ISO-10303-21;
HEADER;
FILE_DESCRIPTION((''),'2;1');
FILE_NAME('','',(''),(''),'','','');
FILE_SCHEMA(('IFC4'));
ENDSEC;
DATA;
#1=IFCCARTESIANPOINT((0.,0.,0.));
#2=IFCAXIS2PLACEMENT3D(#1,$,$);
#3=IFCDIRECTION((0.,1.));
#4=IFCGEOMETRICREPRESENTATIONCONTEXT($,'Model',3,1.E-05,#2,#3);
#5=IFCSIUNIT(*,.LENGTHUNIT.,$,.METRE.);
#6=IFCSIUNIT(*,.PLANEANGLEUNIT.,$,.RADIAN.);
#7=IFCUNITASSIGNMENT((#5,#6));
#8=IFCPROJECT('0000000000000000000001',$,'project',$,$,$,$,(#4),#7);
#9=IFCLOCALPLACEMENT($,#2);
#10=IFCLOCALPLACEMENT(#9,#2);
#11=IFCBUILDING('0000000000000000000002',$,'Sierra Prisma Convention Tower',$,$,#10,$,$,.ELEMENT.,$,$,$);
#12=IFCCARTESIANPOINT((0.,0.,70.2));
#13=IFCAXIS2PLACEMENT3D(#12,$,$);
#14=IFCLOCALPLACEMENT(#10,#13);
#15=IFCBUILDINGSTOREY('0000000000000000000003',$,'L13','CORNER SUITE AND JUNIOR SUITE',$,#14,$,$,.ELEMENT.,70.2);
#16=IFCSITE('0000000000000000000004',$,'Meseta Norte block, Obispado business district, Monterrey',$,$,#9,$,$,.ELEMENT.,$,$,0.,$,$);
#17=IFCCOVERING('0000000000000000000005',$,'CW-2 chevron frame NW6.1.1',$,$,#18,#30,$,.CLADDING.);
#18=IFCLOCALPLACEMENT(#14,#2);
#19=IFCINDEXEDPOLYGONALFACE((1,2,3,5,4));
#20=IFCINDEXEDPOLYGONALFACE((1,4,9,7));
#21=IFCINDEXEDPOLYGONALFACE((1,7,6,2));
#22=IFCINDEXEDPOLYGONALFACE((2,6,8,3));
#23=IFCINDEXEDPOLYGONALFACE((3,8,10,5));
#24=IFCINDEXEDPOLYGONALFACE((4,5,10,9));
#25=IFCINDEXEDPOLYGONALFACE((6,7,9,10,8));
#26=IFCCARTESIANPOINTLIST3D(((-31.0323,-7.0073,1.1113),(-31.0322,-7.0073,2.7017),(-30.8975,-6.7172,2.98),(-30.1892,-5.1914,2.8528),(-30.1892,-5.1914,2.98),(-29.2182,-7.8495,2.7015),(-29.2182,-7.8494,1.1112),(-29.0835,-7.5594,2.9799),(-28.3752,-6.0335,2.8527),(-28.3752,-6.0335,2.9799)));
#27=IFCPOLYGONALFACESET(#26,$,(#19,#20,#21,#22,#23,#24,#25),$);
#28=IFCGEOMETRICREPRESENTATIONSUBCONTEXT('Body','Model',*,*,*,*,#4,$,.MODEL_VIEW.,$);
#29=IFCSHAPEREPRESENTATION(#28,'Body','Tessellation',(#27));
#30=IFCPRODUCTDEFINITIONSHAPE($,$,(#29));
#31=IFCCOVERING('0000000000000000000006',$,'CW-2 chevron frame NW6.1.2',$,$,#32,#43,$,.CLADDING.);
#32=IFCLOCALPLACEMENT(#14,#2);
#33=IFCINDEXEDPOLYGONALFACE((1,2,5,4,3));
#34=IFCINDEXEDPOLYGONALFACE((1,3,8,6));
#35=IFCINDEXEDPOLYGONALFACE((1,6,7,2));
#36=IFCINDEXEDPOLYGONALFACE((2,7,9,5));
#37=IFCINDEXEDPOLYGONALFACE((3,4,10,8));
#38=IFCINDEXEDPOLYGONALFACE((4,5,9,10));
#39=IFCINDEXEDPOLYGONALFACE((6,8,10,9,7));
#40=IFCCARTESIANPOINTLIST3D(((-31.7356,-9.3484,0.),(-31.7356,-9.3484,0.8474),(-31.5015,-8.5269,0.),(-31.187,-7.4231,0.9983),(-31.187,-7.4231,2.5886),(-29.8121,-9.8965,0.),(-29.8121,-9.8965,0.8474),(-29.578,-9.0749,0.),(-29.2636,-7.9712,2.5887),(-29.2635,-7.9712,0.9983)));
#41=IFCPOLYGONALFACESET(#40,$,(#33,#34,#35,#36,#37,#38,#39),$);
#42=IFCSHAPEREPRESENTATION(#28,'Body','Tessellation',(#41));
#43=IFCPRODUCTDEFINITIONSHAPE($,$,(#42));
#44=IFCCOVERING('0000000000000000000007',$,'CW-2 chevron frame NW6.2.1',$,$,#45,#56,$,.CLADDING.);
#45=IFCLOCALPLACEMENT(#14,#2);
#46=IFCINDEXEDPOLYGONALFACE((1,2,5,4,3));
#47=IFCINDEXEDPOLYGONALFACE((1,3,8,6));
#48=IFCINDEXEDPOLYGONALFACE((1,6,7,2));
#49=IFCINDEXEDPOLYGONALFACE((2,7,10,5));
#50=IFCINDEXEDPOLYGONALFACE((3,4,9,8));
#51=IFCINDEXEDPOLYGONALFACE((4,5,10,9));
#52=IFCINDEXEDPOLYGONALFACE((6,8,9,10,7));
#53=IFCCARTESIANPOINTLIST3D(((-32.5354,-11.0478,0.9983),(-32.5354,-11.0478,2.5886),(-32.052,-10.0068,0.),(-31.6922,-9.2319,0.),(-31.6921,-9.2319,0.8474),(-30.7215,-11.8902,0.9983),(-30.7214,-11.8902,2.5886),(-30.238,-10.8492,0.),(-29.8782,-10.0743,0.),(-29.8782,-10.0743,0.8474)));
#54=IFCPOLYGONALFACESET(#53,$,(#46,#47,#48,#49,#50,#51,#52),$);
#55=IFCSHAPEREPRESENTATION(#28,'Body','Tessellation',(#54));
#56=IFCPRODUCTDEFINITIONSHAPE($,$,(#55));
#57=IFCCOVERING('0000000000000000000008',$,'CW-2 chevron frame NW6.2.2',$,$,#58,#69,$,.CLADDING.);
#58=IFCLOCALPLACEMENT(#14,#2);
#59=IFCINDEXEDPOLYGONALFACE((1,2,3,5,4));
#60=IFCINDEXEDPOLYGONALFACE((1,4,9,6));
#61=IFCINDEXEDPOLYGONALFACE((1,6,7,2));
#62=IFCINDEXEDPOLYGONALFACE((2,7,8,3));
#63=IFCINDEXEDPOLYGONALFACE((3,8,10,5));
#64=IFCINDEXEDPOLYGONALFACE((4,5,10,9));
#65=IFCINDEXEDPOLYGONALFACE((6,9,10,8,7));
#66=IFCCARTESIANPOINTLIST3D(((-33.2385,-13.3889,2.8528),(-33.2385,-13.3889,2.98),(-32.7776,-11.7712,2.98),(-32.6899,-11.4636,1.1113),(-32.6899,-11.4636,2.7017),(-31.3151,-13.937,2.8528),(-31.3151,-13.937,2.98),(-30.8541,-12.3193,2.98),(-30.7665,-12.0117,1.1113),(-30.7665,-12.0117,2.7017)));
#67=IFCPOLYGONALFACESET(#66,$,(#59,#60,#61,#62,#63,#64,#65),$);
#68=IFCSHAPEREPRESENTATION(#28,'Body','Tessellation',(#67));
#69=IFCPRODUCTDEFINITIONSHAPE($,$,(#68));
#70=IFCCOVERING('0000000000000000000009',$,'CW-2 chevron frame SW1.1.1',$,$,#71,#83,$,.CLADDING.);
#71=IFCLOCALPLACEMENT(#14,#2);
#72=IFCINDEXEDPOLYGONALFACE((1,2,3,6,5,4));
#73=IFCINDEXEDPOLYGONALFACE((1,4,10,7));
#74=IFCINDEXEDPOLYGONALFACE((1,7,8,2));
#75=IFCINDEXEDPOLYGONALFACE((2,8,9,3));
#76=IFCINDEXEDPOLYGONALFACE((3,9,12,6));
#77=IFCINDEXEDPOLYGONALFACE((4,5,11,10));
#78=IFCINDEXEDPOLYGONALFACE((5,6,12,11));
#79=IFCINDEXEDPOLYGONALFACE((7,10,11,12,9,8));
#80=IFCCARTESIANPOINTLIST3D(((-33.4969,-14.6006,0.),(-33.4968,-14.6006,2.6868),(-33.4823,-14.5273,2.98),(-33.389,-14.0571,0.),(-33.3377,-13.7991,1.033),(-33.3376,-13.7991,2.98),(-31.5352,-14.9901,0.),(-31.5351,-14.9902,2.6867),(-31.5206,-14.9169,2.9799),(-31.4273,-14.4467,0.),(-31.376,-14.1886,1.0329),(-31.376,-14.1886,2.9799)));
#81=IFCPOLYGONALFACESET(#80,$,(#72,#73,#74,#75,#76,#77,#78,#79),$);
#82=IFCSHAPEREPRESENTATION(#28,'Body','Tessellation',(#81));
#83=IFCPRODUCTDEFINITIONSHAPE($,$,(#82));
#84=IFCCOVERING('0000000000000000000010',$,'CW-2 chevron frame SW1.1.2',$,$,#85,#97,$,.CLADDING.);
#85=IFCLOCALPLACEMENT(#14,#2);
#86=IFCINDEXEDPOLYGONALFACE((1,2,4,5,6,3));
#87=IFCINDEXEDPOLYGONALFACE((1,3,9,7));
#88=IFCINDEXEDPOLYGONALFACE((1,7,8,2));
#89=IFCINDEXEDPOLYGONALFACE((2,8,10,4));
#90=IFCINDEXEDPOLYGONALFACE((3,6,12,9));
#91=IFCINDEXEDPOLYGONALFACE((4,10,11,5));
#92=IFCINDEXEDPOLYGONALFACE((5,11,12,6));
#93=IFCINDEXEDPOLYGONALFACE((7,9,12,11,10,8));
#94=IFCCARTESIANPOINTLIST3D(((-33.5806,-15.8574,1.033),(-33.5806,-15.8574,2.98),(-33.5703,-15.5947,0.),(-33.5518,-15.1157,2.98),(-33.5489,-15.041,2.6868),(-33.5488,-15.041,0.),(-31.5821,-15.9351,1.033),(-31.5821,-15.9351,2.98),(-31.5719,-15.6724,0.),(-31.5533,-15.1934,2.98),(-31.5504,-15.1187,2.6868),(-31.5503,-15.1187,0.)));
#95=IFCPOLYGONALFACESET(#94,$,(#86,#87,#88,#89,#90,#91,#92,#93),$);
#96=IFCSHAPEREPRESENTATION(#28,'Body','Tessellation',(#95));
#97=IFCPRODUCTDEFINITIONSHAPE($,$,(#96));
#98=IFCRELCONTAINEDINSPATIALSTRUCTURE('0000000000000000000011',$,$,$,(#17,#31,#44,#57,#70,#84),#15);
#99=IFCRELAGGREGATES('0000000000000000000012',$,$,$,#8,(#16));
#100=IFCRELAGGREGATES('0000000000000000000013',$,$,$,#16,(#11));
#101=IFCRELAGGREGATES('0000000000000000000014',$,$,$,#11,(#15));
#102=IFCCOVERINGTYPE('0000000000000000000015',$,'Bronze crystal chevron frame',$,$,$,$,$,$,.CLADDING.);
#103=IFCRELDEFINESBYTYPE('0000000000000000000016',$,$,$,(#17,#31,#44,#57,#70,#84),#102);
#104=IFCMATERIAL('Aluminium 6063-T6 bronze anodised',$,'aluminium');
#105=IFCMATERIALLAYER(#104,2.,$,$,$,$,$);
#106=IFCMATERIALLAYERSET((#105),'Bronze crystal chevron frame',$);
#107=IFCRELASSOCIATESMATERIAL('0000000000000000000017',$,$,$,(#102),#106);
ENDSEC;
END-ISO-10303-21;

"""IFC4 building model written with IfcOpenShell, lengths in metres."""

from ifc_helpers import new_model, si_unit, direction, frame, origin, place, context, subcontext, project, spatial, polyline, outline, extrude, material, layer, layer_set, type_object, element, save


model = new_model("IFC4")

# Units and contexts
model_context = context("Model", 3, precision=1e-05, world=origin(), true_north=direction((0.0, 1.0)))
body_context = subcontext(model_context, "Body", "Model", "MODEL_VIEW")
ifc_project = project(units=[si_unit("LENGTHUNIT", "METRE"), si_unit("PLANEANGLEUNIT", "RADIAN")], contexts=[model_context])

# Site, building, storey
site_placement = place(None, origin())
site = spatial("IfcSite", under=ifc_project, at=site_placement, Name="Meseta Norte block, Obispado business district, Monterrey", CompositionType="ELEMENT", RefElevation=0.0)
building_placement = place(site_placement, origin())
building = spatial("IfcBuilding", under=site, at=building_placement, Name="Sierra Prisma Convention Tower", CompositionType="ELEMENT")
storey_placement = place(building_placement, frame((0.0, 0.0, 70.2)))
storey = spatial("IfcBuildingStorey", under=building, at=storey_placement, Name="L13", Description="CORNER SUITE AND JUNIOR SUITE", CompositionType="ELEMENT", Elevation=70.2)

# Coverings
ifc_material_1 = material(Name="Aluminium 6063-T6 bronze anodised", Category="aluminium")
ifc_layer_1 = layer(ifc_material_1, 2.0)
ifc_layer_set_1 = layer_set([ifc_layer_1], Name="Bronze crystal chevron frame")
covering_type = type_object("IfcCoveringType", Name="Bronze crystal chevron frame", PredefinedType="CLADDING", material=ifc_layer_set_1)
covering_1_placement = place(storey_placement, frame((-30.1892, -5.1914, 2.98), z_axis=(-0.907029, 0.421069, 0.000055), x_axis=(-0.00005, 0.000023, -1.0)))
element("IfcCovering", 1, at=covering_1_placement, inside=storey, type_object=covering_type, Name="CW-2 chevron frame NW6.1.1", PredefinedType="CLADDING", context=body_context, shape_type="SweptSolid", body=[
    extrude(outline(polyline([(0.0, 0.0), (0.1272, 0.0), (1.8687, 2.0021), (0.2783, 2.0021), (0.0, 1.6822), (0.0, 0.0)])), origin(), (0.0, 0.0, -1.0), 2.0),
])
covering_2_placement = place(storey_placement, frame((-31.187, -7.4231, 2.5886), z_axis=(-0.961719, 0.274036, -0.000016), x_axis=(0.000015, -0.000004, -1.0)))
element("IfcCovering", 2, at=covering_2_placement, inside=storey, type_object=covering_type, Name="CW-2 chevron frame NW6.1.2", PredefinedType="CLADDING", context=body_context, shape_type="SweptSolid", body=[
    extrude(outline(polyline([(0.0, 0.0), (1.5903, 0.0), (2.5886, 1.1477), (2.5886, 2.0019), (1.7412, 2.0019), (0.0, 0.0)])), origin(), (0.0, 0.0, -1.0), 2.0),
])
covering_3_placement = place(storey_placement, frame((-32.052, -10.0068, 0.0), z_axis=(-0.906978, 0.421179, 0.000006), x_axis=(-0.317789, -0.684345, 0.656263)))
element("IfcCovering", 3, at=covering_3_placement, inside=storey, type_object=covering_type, Name="CW-2 chevron frame NW6.2.1", PredefinedType="CLADDING", context=body_context, shape_type="SweptSolid", body=[
    extrude(outline(polyline([(0.0, 0.0), (1.5212, 0.0), (2.5649, 1.2), (-0.0885, 1.2001), (-0.6447, 0.5607), (0.0, 0.0)])), origin(), (0.0, 0.0, -1.0), 2.0),
])
covering_4_placement = place(storey_placement, frame((-33.2385, -13.3889, 2.98), z_axis=(-0.961721, 0.274029, 0.000002), x_axis=(0.274029, 0.961721, 0.0)))
element("IfcCovering", 4, at=covering_4_placement, inside=storey, type_object=covering_type, Name="CW-2 chevron frame NW6.2.2", PredefinedType="CLADDING", context=body_context, shape_type="SweptSolid", body=[
    extrude(outline(polyline([(0.0, 0.0), (1.6821, 0.0), (2.0019, 0.2783), (2.0019, 1.8687), (0.0, 0.1272), (0.0, 0.0)])), origin(), (0.0, 0.0, -1.0), 2.0),
])
covering_5_placement = place(storey_placement, frame((-33.3376, -13.7991, 2.98), z_axis=(-0.980846, 0.194784, 0.000021), x_axis=(-0.000021, 0.000004, -1.0)))
element("IfcCovering", 5, at=covering_5_placement, inside=storey, type_object=covering_type, Name="CW-2 chevron frame SW1.1.1", PredefinedType="CLADDING", context=body_context, shape_type="SweptSolid", body=[
    extrude(outline(polyline([(0.0, 0.0), (1.947, 0.0), (2.98, 0.2631), (2.98, 0.8172), (0.2932, 0.8172), (0.0, 0.7425), (0.0, 0.0)])), origin(), (0.0, 0.0, -1.0), 2.0),
])
covering_6_placement = place(storey_placement, frame((-33.5488, -15.041, 0.0), z_axis=(-0.999246, 0.038835, -0.000012), x_axis=(-0.038835, -0.999246, 0.0)))
element("IfcCovering", 6, at=covering_6_placement, inside=storey, type_object=covering_type, Name="CW-2 chevron frame SW1.1.2", PredefinedType="CLADDING", context=body_context, shape_type="SweptSolid", body=[
    extrude(outline(polyline([(0.0, 0.0), (0.5541, 0.0), (0.817, 1.033), (0.817, 2.98), (0.0748, 2.98), (0.0, 2.6868), (0.0, 0.0)])), origin(), (0.0, 0.0, -1.0), 2.0),
])

save(model, "model.ifc")
